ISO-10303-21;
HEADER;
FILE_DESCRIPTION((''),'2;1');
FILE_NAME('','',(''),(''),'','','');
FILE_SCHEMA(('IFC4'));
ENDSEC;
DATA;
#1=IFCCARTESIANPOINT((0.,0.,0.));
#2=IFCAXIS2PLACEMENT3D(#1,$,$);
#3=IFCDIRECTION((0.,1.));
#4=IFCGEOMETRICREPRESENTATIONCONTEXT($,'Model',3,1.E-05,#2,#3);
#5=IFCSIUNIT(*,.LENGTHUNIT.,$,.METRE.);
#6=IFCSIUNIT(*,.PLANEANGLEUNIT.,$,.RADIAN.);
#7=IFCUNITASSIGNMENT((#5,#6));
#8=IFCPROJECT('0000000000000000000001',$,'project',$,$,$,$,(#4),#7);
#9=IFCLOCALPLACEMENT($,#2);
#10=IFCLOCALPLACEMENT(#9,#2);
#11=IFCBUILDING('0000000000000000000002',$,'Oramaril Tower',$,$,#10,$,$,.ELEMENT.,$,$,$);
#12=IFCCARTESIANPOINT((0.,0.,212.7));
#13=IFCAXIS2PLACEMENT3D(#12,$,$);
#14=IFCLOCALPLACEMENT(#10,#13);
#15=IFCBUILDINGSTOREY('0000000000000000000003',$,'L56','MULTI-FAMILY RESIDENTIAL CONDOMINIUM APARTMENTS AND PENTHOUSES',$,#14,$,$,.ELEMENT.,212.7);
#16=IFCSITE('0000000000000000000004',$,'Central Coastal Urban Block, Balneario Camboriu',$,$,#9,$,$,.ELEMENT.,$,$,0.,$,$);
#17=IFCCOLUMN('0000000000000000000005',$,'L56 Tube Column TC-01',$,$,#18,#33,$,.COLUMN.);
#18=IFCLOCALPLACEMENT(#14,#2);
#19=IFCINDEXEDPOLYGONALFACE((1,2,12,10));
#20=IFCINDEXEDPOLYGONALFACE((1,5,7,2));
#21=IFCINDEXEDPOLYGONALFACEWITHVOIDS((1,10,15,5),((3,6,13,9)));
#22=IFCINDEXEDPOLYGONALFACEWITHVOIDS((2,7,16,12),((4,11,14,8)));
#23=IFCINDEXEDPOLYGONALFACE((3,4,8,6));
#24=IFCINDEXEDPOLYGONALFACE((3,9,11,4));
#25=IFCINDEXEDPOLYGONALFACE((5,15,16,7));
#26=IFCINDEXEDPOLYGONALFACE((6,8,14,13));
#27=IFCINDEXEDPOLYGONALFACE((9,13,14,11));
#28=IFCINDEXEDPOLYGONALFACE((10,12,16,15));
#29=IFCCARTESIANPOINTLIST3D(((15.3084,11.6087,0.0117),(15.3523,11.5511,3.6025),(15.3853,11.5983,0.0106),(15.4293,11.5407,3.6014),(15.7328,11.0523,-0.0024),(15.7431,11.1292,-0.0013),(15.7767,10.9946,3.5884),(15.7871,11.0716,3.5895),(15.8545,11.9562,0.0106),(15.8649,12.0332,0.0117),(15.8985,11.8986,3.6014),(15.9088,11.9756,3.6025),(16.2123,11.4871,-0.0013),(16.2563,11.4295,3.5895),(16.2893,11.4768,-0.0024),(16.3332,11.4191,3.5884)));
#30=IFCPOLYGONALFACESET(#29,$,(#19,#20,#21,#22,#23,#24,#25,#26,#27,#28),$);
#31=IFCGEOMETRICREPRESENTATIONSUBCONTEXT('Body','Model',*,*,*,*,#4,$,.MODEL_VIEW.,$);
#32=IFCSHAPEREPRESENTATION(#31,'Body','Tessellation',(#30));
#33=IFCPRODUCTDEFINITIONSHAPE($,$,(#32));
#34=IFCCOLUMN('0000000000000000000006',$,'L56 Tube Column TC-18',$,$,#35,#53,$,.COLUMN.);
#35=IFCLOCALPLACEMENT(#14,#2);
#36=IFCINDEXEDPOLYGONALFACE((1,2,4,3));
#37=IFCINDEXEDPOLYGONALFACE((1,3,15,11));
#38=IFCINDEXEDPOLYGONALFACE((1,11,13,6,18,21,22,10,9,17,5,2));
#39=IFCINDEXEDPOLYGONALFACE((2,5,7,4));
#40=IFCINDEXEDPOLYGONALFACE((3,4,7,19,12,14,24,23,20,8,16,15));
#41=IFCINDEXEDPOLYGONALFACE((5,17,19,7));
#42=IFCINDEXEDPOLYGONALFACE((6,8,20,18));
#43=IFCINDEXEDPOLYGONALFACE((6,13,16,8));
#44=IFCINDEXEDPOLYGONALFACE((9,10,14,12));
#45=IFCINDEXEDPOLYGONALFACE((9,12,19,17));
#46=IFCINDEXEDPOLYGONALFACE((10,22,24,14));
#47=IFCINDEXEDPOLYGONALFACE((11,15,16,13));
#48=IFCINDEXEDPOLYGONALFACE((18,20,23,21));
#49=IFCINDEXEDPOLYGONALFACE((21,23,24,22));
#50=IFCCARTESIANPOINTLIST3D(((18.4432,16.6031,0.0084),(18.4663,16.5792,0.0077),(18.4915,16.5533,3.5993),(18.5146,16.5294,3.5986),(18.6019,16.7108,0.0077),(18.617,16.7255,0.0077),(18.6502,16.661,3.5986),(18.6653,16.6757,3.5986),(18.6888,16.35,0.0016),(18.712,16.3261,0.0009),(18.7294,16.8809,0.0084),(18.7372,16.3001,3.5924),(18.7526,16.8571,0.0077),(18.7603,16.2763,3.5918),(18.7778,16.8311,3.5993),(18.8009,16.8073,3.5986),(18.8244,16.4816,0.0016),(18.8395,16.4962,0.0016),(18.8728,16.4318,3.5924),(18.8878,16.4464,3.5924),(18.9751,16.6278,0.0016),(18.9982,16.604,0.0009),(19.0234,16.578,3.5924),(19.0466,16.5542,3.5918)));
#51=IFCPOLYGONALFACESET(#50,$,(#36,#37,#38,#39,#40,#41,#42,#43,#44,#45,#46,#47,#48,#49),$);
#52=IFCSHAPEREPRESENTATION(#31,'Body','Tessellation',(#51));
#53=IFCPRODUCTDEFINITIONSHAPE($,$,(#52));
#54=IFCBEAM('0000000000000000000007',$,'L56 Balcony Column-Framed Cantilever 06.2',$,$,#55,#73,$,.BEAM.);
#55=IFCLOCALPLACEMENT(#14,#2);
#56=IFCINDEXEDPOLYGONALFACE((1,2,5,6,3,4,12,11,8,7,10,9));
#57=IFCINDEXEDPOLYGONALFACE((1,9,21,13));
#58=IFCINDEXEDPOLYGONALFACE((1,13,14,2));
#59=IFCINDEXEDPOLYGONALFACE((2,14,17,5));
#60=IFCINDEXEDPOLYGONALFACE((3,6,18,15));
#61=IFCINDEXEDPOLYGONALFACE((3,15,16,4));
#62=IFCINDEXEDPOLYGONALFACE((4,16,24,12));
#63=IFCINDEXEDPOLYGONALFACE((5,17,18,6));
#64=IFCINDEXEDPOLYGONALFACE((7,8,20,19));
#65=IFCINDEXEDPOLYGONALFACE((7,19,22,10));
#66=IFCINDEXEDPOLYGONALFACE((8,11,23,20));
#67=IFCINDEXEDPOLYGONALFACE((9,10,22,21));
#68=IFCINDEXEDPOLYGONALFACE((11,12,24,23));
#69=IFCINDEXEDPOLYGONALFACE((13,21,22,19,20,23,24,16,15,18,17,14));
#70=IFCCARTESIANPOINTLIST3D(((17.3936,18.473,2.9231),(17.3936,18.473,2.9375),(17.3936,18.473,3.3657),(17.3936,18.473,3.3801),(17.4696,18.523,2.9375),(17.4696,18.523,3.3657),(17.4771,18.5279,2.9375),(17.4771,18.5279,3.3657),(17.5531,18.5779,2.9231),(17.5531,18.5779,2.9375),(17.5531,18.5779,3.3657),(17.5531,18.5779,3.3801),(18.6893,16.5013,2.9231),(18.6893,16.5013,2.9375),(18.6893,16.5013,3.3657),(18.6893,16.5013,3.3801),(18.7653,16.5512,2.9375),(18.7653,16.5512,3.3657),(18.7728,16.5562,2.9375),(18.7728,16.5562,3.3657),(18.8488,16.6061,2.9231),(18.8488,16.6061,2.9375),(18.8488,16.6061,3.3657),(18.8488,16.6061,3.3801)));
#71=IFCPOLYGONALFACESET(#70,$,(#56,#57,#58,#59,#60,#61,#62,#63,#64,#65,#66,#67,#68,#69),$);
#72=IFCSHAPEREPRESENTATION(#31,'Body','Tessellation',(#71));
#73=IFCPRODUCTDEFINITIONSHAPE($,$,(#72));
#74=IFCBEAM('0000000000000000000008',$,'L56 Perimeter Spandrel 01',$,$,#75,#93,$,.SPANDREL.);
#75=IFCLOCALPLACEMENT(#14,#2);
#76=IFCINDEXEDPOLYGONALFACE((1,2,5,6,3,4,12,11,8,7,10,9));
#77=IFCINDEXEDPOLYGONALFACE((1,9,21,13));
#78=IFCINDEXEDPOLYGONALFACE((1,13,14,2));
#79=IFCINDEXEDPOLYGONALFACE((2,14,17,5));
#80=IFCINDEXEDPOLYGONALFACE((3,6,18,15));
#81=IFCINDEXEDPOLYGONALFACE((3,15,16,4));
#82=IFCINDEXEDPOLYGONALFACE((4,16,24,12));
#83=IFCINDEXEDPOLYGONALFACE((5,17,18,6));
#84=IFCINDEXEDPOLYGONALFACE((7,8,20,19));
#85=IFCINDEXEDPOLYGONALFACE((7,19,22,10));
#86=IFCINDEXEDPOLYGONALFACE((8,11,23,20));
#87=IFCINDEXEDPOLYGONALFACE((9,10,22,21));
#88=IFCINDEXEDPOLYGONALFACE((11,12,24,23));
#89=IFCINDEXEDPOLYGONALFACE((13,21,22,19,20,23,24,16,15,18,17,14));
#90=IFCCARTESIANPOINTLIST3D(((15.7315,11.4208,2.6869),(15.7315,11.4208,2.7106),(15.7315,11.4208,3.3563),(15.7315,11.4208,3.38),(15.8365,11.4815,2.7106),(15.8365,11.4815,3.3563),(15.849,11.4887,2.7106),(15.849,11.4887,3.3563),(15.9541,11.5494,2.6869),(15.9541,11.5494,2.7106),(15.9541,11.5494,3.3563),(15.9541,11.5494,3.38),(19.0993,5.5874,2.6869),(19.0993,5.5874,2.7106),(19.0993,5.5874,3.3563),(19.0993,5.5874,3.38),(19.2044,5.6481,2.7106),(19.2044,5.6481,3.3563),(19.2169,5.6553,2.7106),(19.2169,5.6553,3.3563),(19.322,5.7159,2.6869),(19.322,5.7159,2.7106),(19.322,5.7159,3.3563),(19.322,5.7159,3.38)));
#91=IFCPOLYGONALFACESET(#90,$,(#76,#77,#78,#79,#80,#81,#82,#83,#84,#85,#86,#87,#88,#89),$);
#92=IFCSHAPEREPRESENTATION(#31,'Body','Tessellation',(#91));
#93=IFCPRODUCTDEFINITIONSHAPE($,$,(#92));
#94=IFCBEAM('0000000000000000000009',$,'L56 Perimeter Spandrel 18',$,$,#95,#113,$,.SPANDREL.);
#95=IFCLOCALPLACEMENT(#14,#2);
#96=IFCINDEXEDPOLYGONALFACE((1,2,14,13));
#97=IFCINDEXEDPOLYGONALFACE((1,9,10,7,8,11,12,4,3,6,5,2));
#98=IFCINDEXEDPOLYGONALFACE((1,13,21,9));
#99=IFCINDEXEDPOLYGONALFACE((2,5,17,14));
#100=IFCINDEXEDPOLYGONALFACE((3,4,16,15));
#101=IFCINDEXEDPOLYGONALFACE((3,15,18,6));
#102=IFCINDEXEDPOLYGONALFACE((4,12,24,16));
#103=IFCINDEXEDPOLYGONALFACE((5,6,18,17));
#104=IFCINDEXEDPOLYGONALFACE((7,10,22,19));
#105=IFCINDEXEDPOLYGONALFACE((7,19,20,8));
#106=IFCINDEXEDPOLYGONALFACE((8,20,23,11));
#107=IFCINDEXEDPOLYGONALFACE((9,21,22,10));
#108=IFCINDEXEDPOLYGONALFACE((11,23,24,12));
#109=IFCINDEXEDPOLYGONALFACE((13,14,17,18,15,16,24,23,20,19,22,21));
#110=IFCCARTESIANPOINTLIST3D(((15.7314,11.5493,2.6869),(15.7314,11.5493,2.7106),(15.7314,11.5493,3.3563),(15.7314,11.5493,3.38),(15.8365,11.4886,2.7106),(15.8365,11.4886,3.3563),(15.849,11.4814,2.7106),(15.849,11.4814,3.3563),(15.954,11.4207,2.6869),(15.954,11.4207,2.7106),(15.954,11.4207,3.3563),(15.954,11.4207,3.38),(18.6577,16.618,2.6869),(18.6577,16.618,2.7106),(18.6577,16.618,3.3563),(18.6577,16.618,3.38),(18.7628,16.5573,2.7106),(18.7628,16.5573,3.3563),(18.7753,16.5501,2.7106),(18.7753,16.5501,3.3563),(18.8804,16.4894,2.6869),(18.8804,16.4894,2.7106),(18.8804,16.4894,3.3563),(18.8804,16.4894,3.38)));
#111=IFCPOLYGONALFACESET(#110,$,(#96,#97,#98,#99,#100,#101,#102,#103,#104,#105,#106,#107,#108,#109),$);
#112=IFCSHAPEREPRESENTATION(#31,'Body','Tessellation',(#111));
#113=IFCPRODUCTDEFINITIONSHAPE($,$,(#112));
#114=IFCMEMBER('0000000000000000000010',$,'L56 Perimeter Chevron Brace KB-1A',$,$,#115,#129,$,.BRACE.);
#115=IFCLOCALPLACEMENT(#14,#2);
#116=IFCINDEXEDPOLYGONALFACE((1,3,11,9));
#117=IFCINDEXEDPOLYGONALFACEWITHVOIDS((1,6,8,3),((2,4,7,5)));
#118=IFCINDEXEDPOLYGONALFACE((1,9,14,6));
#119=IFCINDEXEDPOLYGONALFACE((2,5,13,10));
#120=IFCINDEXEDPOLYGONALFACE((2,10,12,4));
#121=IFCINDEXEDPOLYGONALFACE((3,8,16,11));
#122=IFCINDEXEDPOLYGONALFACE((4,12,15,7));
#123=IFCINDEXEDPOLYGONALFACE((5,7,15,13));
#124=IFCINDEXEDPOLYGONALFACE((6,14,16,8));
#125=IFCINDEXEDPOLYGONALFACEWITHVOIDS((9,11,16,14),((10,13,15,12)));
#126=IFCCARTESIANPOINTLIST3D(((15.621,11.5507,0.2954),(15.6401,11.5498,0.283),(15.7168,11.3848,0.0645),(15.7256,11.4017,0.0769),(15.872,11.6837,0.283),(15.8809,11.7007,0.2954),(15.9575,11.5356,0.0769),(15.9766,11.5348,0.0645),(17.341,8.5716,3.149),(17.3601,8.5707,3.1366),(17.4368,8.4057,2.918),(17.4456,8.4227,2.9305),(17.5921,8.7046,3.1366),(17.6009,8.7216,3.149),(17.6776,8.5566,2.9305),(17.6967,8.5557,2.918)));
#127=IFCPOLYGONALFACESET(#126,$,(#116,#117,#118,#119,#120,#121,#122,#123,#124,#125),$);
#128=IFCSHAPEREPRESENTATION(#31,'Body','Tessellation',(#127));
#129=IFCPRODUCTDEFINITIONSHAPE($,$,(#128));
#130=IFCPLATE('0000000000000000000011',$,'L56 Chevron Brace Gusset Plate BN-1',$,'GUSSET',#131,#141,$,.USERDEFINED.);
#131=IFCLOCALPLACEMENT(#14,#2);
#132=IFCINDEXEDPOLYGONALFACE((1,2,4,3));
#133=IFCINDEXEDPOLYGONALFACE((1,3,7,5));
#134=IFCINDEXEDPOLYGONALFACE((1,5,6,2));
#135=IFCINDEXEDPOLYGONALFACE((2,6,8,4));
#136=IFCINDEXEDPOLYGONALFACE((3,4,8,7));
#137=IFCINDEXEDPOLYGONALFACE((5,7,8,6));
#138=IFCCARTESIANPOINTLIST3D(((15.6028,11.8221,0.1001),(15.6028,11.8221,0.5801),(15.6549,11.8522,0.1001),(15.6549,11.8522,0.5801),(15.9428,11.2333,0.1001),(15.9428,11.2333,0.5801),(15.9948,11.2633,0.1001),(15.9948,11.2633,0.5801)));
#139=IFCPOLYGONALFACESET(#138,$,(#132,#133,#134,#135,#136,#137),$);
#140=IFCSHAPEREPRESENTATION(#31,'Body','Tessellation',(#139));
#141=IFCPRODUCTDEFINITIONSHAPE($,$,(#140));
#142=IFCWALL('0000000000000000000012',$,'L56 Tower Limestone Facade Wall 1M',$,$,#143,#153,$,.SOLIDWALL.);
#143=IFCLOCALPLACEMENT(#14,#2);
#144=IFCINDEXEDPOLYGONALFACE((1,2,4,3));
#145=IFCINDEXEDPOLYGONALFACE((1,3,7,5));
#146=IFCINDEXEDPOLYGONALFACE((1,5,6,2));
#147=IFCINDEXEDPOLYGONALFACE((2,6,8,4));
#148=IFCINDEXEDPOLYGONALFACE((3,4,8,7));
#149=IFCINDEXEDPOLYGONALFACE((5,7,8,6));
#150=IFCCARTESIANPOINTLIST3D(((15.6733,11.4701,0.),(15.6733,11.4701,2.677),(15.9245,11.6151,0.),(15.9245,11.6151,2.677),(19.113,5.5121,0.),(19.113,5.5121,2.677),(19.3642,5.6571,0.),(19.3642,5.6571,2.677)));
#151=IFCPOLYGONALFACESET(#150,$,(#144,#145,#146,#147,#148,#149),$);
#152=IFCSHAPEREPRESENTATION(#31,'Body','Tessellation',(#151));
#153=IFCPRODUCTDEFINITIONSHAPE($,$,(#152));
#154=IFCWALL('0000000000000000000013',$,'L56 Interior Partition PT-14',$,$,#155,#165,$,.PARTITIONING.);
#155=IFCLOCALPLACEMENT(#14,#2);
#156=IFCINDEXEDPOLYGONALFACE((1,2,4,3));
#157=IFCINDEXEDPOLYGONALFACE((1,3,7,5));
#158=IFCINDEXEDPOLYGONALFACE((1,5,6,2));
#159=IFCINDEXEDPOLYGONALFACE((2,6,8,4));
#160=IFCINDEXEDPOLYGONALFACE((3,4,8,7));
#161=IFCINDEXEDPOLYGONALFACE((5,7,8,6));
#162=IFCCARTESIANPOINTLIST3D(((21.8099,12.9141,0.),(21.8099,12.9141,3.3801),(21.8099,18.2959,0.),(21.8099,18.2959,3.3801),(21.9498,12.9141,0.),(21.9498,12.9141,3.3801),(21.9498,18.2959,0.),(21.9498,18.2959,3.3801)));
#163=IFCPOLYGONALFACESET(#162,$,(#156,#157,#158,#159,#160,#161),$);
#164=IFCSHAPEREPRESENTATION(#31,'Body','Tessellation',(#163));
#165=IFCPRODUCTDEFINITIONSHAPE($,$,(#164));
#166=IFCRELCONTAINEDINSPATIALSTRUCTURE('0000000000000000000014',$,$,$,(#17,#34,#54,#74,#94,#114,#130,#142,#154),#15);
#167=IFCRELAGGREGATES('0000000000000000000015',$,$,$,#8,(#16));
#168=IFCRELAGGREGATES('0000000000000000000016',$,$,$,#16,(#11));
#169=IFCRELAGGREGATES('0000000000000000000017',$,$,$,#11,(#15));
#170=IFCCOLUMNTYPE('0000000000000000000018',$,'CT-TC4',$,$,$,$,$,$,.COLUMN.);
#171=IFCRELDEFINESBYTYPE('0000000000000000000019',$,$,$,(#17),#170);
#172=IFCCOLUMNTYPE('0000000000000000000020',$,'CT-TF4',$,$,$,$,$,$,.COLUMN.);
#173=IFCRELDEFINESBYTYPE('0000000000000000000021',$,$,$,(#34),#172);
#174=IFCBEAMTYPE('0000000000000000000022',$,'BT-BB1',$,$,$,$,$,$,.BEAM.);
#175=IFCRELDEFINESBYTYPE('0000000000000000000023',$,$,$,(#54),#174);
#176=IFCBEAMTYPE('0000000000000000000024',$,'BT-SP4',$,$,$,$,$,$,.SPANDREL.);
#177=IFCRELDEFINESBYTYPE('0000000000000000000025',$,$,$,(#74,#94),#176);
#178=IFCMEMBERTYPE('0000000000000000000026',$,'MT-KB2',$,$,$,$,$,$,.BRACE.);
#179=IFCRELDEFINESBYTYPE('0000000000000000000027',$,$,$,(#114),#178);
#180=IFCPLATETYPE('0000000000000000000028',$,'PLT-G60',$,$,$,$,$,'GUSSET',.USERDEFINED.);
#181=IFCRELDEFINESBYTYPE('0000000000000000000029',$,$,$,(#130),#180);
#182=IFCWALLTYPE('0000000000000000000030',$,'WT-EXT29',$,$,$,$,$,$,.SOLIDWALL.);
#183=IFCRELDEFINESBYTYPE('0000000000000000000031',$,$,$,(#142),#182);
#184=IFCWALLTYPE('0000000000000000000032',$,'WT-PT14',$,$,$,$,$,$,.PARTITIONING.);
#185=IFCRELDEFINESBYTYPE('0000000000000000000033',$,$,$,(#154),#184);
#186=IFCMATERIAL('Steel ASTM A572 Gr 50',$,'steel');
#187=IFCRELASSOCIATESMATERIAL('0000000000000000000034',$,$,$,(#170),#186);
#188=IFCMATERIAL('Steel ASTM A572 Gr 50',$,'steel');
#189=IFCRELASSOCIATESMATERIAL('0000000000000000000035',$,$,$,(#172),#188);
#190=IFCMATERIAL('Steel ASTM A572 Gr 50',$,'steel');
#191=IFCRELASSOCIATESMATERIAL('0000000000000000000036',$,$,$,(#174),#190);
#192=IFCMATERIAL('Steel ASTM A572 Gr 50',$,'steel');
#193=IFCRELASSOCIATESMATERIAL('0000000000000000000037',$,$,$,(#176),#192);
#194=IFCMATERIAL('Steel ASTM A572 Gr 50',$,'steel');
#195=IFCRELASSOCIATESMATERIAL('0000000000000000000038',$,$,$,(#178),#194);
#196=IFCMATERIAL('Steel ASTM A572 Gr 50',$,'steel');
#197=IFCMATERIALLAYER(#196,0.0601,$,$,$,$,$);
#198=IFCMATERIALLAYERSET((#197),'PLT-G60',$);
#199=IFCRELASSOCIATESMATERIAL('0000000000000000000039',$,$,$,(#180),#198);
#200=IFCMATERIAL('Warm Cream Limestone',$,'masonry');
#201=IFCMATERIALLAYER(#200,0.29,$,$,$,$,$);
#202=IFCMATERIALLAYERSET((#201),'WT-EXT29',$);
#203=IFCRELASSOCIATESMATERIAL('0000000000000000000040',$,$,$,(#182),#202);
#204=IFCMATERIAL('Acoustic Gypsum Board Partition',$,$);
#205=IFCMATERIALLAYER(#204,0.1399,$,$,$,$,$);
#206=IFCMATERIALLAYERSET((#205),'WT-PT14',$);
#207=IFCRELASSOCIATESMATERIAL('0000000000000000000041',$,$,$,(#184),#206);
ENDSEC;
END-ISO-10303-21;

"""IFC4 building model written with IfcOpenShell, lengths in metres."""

from ifc_helpers import new_model, si_unit, direction, frame, frame_2d, origin, origin_2d, place, context, subcontext, project, spatial, rectangle, hollow_rectangle, i_section, extrude, material, layer, layer_set, material_profile, profile_set, type_object, element, save


model = new_model("IFC4")

# Units and contexts
model_context = context("Model", 3, precision=1e-05, world=origin(), true_north=direction((0.0, 1.0)))
body_context = subcontext(model_context, "Body", "Model", "MODEL_VIEW")
ifc_project = project(units=[si_unit("LENGTHUNIT", "METRE"), si_unit("PLANEANGLEUNIT", "RADIAN")], contexts=[model_context])

# Site, building, storey
site_placement = place(None, origin())
site = spatial("IfcSite", under=ifc_project, at=site_placement, Name="Central Coastal Urban Block, Balneario Camboriu", CompositionType="ELEMENT", RefElevation=0.0)
building_placement = place(site_placement, origin())
building = spatial("IfcBuilding", under=site, at=building_placement, Name="Oramaril Tower", CompositionType="ELEMENT")
storey_placement = place(building_placement, frame((0.0, 0.0, 212.7)))
storey = spatial("IfcBuildingStorey", under=building, at=storey_placement, Name="L56", Description="MULTI-FAMILY RESIDENTIAL CONDOMINIUM APARTMENTS AND PENTHOUSES", CompositionType="ELEMENT", Elevation=212.7)

# Columns
ifc_material_1 = material(Name="Steel ASTM A572 Gr 50", Category="steel")
ifc_material_profile_1 = material_profile(ifc_material_1, hollow_rectangle(XDim=0.7, YDim=0.7, WallThickness=0.0549, at=origin_2d()), Name="BOX700X700X55")
ifc_profile_set_1 = profile_set([ifc_material_profile_1], Name="Steel ASTM A572 Gr 50")
column_type_1 = type_object("IfcColumnType", Name="CT-TC4", PredefinedType="COLUMN", material=ifc_profile_set_1)
column_1_placement = place(storey_placement, frame((15.7988, 11.5427, 0.0046), z_axis=(0.012236, -0.016042, 0.999796), x_axis=(0.795122, 0.606449, 0.0)))
element("IfcColumn", 1, at=column_1_placement, inside=storey, type_object=column_type_1, Name="L56 Tube Column TC-01", PredefinedType="COLUMN", context=body_context, shape_type="SweptSolid", body=[
    extrude(hollow_rectangle(XDim=0.7, YDim=0.7, WallThickness=0.0549, at=origin_2d()), origin(), (0.0, 0.0, 1.0), 3.5916),
])
ifc_material_2 = material(Name="Steel ASTM A572 Gr 50", Category="steel")
ifc_material_profile_2 = material_profile(ifc_material_2, i_section(OverallWidth=0.3989, OverallDepth=0.386, WebThickness=0.021, FlangeThickness=0.0332, at=origin_2d()), Name="W14X176")
ifc_profile_set_2 = profile_set([ifc_material_profile_2], Name="Steel ASTM A572 Gr 50")
column_type_2 = type_object("IfcColumnType", Name="CT-TF4", PredefinedType="COLUMN", material=ifc_profile_set_2)
column_2_placement = place(storey_placement, frame((18.7207, 16.6035, 0.0046), z_axis=(0.01346, -0.013867, 0.999813), x_axis=(0.717581, 0.696475, 0.0)))
element("IfcColumn", 2, at=column_2_placement, inside=storey, type_object=column_type_2, Name="L56 Tube Column TC-18", PredefinedType="COLUMN", context=body_context, shape_type="SweptSolid", body=[
    extrude(i_section(OverallWidth=0.3989, OverallDepth=0.386, WebThickness=0.021, FlangeThickness=0.0332, at=origin_2d()), origin(), (0.0, 0.0, 1.0), 3.5916),
])

# Beams
ifc_material_3 = material(Name="Steel ASTM A572 Gr 50", Category="steel")
ifc_material_profile_3 = material_profile(ifc_material_3, i_section(OverallWidth=0.1909, OverallDepth=0.457, WebThickness=0.009, FlangeThickness=0.0144, at=origin_2d()), Name="W18X50")
ifc_profile_set_3 = profile_set([ifc_material_profile_3], Name="Steel ASTM A572 Gr 50")
beam_type_1 = type_object("IfcBeamType", Name="BT-BB1", PredefinedType="BEAM", material=ifc_profile_set_3)
beam_1_placement = place(storey_placement, frame((18.769, 16.5537, 3.1516), z_axis=(-0.549172, 0.83571, 0.0), x_axis=(-0.83571, -0.549172, 0.0)))
element("IfcBeam", 3, at=beam_1_placement, inside=storey, type_object=beam_type_1, Name="L56 Balcony Column-Framed Cantilever 06.2", PredefinedType="BEAM", context=body_context, shape_type="SweptSolid", body=[
    extrude(i_section(OverallWidth=0.1909, OverallDepth=0.457, WebThickness=0.009, FlangeThickness=0.0144, at=origin_2d()), origin(), (0.0, 0.0, 1.0), 2.3594),
])
ifc_material_4 = material(Name="Steel ASTM A572 Gr 50", Category="steel")
ifc_material_profile_4 = material_profile(ifc_material_4, i_section(OverallWidth=0.2571, OverallDepth=0.6931, WebThickness=0.0144, FlangeThickness=0.0237, at=origin_2d()), Name="W27X114")
ifc_profile_set_4 = profile_set([ifc_material_profile_4], Name="Steel ASTM A572 Gr 50")
beam_type_2 = type_object("IfcBeamType", Name="BT-SP4", PredefinedType="SPANDREL", material=ifc_profile_set_4)
beam_2_placement = place(storey_placement, frame((15.8428, 11.4851, 3.0334), z_axis=(0.499994, -0.866029, 0.0), x_axis=(0.866029, 0.499994, 0.0)))
element("IfcBeam", 4, at=beam_2_placement, inside=storey, type_object=beam_type_2, Name="L56 Perimeter Spandrel 01", PredefinedType="SPANDREL", context=body_context, shape_type="SweptSolid", body=[
    extrude(i_section(OverallWidth=0.2571, OverallDepth=0.6931, WebThickness=0.0144, FlangeThickness=0.0237, at=origin_2d()), origin(), (0.0, 0.0, 1.0), 6.7358),
])
beam_3_placement = place(storey_placement, frame((18.769, 16.5537, 3.0334), z_axis=(-0.499988, -0.866032, 0.0), x_axis=(0.866032, -0.499988, 0.0)))
element("IfcBeam", 5, at=beam_3_placement, inside=storey, type_object=beam_type_2, Name="L56 Perimeter Spandrel 18", PredefinedType="SPANDREL", context=body_context, shape_type="SweptSolid", body=[
    extrude(i_section(OverallWidth=0.2571, OverallDepth=0.6931, WebThickness=0.0144, FlangeThickness=0.0237, at=origin_2d()), origin(), (0.0, 0.0, 1.0), 5.8528),
])

# Member
ifc_material_5 = material(Name="Steel ASTM A572 Gr 50", Category="steel")
ifc_material_profile_5 = material_profile(ifc_material_5, hollow_rectangle(XDim=0.3, YDim=0.3, WallThickness=0.0161, at=origin_2d()), Name="HSS300X300X16")
ifc_profile_set_5 = profile_set([ifc_material_profile_5], Name="Steel ASTM A572 Gr 50")
member_type = type_object("IfcMemberType", Name="MT-KB2", PredefinedType="BRACE", material=ifc_profile_set_5)
member_placement = place(storey_placement, frame((15.7988, 11.5427, 0.1799), z_axis=(0.384835, -0.666537, 0.63846), x_axis=(0.86602, 0.500009, 0.0)))
element("IfcMember", 6, at=member_placement, inside=storey, type_object=member_type, Name="L56 Perimeter Chevron Brace KB-1A", PredefinedType="BRACE", context=body_context, shape_type="SweptSolid", body=[
    extrude(hollow_rectangle(XDim=0.3, YDim=0.3, WallThickness=0.0161, at=origin_2d()), origin(), (0.0, 0.0, 1.0), 4.4695),
])

# Plate
ifc_material_6 = material(Name="Steel ASTM A572 Gr 50", Category="steel")
ifc_layer_1 = layer(ifc_material_6, 0.0601)
ifc_layer_set_1 = layer_set([ifc_layer_1], Name="PLT-G60")
plate_type = type_object("IfcPlateType", Name="PLT-G60", ElementType="GUSSET", PredefinedType="USERDEFINED", material=ifc_layer_set_1)
plate_placement = place(storey_placement, frame((15.7988, 11.5427, 0.1001), z_axis=(0.0, 0.0, 1.0), x_axis=(0.5, -0.866025, 0.0)))
element("IfcPlate", 7, at=plate_placement, inside=storey, type_object=plate_type, Name="L56 Chevron Brace Gusset Plate BN-1", ObjectType="GUSSET", PredefinedType="USERDEFINED", context=body_context, shape_type="SweptSolid", body=[
    extrude(rectangle(XDim=0.6799, YDim=0.0601, at=origin_2d()), origin(), (0.0, 0.0, 1.0), 0.48),
])

# Walls
ifc_material_7 = material(Name="Warm Cream Limestone", Category="masonry")
ifc_layer_2 = layer(ifc_material_7, 0.29)
ifc_layer_set_2 = layer_set([ifc_layer_2], Name="WT-EXT29")
wall_type_1 = type_object("IfcWallType", Name="WT-EXT29", PredefinedType="SOLIDWALL", material=ifc_layer_set_2)
wall_1_placement = place(storey_placement, frame((15.7988, 11.5427, 0.0), z_axis=(0.0, 0.0, 1.0), x_axis=(0.499983, -0.866035, 0.0)))
element("IfcWall", 8, at=wall_1_placement, inside=storey, type_object=wall_type_1, Name="L56 Tower Limestone Facade Wall 1M", PredefinedType="SOLIDWALL", context=body_context, shape_type="SweptSolid", body=[
    extrude(rectangle(XDim=6.8796, YDim=0.29, at=frame_2d((3.4399, 0.0))), origin(), (0.0, 0.0, 1.0), 2.677),
])
ifc_material_8 = material(Name="Acoustic Gypsum Board Partition")
ifc_layer_3 = layer(ifc_material_8, 0.1399)
ifc_layer_set_3 = layer_set([ifc_layer_3], Name="WT-PT14")
wall_type_2 = type_object("IfcWallType", Name="WT-PT14", PredefinedType="PARTITIONING", material=ifc_layer_set_3)
wall_2_placement = place(storey_placement, frame((21.8799, 12.9141, 0.0), z_axis=(0.0, 0.0, 1.0), x_axis=(0.0, 1.0, 0.0)))
element("IfcWall", 9, at=wall_2_placement, inside=storey, type_object=wall_type_2, Name="L56 Interior Partition PT-14", PredefinedType="PARTITIONING", context=body_context, shape_type="SweptSolid", body=[
    extrude(rectangle(XDim=5.3818, YDim=0.1399, at=frame_2d((2.6909, 0.0))), origin(), (0.0, 0.0, 1.0), 3.3801),
])

save(model, "model.ifc")
